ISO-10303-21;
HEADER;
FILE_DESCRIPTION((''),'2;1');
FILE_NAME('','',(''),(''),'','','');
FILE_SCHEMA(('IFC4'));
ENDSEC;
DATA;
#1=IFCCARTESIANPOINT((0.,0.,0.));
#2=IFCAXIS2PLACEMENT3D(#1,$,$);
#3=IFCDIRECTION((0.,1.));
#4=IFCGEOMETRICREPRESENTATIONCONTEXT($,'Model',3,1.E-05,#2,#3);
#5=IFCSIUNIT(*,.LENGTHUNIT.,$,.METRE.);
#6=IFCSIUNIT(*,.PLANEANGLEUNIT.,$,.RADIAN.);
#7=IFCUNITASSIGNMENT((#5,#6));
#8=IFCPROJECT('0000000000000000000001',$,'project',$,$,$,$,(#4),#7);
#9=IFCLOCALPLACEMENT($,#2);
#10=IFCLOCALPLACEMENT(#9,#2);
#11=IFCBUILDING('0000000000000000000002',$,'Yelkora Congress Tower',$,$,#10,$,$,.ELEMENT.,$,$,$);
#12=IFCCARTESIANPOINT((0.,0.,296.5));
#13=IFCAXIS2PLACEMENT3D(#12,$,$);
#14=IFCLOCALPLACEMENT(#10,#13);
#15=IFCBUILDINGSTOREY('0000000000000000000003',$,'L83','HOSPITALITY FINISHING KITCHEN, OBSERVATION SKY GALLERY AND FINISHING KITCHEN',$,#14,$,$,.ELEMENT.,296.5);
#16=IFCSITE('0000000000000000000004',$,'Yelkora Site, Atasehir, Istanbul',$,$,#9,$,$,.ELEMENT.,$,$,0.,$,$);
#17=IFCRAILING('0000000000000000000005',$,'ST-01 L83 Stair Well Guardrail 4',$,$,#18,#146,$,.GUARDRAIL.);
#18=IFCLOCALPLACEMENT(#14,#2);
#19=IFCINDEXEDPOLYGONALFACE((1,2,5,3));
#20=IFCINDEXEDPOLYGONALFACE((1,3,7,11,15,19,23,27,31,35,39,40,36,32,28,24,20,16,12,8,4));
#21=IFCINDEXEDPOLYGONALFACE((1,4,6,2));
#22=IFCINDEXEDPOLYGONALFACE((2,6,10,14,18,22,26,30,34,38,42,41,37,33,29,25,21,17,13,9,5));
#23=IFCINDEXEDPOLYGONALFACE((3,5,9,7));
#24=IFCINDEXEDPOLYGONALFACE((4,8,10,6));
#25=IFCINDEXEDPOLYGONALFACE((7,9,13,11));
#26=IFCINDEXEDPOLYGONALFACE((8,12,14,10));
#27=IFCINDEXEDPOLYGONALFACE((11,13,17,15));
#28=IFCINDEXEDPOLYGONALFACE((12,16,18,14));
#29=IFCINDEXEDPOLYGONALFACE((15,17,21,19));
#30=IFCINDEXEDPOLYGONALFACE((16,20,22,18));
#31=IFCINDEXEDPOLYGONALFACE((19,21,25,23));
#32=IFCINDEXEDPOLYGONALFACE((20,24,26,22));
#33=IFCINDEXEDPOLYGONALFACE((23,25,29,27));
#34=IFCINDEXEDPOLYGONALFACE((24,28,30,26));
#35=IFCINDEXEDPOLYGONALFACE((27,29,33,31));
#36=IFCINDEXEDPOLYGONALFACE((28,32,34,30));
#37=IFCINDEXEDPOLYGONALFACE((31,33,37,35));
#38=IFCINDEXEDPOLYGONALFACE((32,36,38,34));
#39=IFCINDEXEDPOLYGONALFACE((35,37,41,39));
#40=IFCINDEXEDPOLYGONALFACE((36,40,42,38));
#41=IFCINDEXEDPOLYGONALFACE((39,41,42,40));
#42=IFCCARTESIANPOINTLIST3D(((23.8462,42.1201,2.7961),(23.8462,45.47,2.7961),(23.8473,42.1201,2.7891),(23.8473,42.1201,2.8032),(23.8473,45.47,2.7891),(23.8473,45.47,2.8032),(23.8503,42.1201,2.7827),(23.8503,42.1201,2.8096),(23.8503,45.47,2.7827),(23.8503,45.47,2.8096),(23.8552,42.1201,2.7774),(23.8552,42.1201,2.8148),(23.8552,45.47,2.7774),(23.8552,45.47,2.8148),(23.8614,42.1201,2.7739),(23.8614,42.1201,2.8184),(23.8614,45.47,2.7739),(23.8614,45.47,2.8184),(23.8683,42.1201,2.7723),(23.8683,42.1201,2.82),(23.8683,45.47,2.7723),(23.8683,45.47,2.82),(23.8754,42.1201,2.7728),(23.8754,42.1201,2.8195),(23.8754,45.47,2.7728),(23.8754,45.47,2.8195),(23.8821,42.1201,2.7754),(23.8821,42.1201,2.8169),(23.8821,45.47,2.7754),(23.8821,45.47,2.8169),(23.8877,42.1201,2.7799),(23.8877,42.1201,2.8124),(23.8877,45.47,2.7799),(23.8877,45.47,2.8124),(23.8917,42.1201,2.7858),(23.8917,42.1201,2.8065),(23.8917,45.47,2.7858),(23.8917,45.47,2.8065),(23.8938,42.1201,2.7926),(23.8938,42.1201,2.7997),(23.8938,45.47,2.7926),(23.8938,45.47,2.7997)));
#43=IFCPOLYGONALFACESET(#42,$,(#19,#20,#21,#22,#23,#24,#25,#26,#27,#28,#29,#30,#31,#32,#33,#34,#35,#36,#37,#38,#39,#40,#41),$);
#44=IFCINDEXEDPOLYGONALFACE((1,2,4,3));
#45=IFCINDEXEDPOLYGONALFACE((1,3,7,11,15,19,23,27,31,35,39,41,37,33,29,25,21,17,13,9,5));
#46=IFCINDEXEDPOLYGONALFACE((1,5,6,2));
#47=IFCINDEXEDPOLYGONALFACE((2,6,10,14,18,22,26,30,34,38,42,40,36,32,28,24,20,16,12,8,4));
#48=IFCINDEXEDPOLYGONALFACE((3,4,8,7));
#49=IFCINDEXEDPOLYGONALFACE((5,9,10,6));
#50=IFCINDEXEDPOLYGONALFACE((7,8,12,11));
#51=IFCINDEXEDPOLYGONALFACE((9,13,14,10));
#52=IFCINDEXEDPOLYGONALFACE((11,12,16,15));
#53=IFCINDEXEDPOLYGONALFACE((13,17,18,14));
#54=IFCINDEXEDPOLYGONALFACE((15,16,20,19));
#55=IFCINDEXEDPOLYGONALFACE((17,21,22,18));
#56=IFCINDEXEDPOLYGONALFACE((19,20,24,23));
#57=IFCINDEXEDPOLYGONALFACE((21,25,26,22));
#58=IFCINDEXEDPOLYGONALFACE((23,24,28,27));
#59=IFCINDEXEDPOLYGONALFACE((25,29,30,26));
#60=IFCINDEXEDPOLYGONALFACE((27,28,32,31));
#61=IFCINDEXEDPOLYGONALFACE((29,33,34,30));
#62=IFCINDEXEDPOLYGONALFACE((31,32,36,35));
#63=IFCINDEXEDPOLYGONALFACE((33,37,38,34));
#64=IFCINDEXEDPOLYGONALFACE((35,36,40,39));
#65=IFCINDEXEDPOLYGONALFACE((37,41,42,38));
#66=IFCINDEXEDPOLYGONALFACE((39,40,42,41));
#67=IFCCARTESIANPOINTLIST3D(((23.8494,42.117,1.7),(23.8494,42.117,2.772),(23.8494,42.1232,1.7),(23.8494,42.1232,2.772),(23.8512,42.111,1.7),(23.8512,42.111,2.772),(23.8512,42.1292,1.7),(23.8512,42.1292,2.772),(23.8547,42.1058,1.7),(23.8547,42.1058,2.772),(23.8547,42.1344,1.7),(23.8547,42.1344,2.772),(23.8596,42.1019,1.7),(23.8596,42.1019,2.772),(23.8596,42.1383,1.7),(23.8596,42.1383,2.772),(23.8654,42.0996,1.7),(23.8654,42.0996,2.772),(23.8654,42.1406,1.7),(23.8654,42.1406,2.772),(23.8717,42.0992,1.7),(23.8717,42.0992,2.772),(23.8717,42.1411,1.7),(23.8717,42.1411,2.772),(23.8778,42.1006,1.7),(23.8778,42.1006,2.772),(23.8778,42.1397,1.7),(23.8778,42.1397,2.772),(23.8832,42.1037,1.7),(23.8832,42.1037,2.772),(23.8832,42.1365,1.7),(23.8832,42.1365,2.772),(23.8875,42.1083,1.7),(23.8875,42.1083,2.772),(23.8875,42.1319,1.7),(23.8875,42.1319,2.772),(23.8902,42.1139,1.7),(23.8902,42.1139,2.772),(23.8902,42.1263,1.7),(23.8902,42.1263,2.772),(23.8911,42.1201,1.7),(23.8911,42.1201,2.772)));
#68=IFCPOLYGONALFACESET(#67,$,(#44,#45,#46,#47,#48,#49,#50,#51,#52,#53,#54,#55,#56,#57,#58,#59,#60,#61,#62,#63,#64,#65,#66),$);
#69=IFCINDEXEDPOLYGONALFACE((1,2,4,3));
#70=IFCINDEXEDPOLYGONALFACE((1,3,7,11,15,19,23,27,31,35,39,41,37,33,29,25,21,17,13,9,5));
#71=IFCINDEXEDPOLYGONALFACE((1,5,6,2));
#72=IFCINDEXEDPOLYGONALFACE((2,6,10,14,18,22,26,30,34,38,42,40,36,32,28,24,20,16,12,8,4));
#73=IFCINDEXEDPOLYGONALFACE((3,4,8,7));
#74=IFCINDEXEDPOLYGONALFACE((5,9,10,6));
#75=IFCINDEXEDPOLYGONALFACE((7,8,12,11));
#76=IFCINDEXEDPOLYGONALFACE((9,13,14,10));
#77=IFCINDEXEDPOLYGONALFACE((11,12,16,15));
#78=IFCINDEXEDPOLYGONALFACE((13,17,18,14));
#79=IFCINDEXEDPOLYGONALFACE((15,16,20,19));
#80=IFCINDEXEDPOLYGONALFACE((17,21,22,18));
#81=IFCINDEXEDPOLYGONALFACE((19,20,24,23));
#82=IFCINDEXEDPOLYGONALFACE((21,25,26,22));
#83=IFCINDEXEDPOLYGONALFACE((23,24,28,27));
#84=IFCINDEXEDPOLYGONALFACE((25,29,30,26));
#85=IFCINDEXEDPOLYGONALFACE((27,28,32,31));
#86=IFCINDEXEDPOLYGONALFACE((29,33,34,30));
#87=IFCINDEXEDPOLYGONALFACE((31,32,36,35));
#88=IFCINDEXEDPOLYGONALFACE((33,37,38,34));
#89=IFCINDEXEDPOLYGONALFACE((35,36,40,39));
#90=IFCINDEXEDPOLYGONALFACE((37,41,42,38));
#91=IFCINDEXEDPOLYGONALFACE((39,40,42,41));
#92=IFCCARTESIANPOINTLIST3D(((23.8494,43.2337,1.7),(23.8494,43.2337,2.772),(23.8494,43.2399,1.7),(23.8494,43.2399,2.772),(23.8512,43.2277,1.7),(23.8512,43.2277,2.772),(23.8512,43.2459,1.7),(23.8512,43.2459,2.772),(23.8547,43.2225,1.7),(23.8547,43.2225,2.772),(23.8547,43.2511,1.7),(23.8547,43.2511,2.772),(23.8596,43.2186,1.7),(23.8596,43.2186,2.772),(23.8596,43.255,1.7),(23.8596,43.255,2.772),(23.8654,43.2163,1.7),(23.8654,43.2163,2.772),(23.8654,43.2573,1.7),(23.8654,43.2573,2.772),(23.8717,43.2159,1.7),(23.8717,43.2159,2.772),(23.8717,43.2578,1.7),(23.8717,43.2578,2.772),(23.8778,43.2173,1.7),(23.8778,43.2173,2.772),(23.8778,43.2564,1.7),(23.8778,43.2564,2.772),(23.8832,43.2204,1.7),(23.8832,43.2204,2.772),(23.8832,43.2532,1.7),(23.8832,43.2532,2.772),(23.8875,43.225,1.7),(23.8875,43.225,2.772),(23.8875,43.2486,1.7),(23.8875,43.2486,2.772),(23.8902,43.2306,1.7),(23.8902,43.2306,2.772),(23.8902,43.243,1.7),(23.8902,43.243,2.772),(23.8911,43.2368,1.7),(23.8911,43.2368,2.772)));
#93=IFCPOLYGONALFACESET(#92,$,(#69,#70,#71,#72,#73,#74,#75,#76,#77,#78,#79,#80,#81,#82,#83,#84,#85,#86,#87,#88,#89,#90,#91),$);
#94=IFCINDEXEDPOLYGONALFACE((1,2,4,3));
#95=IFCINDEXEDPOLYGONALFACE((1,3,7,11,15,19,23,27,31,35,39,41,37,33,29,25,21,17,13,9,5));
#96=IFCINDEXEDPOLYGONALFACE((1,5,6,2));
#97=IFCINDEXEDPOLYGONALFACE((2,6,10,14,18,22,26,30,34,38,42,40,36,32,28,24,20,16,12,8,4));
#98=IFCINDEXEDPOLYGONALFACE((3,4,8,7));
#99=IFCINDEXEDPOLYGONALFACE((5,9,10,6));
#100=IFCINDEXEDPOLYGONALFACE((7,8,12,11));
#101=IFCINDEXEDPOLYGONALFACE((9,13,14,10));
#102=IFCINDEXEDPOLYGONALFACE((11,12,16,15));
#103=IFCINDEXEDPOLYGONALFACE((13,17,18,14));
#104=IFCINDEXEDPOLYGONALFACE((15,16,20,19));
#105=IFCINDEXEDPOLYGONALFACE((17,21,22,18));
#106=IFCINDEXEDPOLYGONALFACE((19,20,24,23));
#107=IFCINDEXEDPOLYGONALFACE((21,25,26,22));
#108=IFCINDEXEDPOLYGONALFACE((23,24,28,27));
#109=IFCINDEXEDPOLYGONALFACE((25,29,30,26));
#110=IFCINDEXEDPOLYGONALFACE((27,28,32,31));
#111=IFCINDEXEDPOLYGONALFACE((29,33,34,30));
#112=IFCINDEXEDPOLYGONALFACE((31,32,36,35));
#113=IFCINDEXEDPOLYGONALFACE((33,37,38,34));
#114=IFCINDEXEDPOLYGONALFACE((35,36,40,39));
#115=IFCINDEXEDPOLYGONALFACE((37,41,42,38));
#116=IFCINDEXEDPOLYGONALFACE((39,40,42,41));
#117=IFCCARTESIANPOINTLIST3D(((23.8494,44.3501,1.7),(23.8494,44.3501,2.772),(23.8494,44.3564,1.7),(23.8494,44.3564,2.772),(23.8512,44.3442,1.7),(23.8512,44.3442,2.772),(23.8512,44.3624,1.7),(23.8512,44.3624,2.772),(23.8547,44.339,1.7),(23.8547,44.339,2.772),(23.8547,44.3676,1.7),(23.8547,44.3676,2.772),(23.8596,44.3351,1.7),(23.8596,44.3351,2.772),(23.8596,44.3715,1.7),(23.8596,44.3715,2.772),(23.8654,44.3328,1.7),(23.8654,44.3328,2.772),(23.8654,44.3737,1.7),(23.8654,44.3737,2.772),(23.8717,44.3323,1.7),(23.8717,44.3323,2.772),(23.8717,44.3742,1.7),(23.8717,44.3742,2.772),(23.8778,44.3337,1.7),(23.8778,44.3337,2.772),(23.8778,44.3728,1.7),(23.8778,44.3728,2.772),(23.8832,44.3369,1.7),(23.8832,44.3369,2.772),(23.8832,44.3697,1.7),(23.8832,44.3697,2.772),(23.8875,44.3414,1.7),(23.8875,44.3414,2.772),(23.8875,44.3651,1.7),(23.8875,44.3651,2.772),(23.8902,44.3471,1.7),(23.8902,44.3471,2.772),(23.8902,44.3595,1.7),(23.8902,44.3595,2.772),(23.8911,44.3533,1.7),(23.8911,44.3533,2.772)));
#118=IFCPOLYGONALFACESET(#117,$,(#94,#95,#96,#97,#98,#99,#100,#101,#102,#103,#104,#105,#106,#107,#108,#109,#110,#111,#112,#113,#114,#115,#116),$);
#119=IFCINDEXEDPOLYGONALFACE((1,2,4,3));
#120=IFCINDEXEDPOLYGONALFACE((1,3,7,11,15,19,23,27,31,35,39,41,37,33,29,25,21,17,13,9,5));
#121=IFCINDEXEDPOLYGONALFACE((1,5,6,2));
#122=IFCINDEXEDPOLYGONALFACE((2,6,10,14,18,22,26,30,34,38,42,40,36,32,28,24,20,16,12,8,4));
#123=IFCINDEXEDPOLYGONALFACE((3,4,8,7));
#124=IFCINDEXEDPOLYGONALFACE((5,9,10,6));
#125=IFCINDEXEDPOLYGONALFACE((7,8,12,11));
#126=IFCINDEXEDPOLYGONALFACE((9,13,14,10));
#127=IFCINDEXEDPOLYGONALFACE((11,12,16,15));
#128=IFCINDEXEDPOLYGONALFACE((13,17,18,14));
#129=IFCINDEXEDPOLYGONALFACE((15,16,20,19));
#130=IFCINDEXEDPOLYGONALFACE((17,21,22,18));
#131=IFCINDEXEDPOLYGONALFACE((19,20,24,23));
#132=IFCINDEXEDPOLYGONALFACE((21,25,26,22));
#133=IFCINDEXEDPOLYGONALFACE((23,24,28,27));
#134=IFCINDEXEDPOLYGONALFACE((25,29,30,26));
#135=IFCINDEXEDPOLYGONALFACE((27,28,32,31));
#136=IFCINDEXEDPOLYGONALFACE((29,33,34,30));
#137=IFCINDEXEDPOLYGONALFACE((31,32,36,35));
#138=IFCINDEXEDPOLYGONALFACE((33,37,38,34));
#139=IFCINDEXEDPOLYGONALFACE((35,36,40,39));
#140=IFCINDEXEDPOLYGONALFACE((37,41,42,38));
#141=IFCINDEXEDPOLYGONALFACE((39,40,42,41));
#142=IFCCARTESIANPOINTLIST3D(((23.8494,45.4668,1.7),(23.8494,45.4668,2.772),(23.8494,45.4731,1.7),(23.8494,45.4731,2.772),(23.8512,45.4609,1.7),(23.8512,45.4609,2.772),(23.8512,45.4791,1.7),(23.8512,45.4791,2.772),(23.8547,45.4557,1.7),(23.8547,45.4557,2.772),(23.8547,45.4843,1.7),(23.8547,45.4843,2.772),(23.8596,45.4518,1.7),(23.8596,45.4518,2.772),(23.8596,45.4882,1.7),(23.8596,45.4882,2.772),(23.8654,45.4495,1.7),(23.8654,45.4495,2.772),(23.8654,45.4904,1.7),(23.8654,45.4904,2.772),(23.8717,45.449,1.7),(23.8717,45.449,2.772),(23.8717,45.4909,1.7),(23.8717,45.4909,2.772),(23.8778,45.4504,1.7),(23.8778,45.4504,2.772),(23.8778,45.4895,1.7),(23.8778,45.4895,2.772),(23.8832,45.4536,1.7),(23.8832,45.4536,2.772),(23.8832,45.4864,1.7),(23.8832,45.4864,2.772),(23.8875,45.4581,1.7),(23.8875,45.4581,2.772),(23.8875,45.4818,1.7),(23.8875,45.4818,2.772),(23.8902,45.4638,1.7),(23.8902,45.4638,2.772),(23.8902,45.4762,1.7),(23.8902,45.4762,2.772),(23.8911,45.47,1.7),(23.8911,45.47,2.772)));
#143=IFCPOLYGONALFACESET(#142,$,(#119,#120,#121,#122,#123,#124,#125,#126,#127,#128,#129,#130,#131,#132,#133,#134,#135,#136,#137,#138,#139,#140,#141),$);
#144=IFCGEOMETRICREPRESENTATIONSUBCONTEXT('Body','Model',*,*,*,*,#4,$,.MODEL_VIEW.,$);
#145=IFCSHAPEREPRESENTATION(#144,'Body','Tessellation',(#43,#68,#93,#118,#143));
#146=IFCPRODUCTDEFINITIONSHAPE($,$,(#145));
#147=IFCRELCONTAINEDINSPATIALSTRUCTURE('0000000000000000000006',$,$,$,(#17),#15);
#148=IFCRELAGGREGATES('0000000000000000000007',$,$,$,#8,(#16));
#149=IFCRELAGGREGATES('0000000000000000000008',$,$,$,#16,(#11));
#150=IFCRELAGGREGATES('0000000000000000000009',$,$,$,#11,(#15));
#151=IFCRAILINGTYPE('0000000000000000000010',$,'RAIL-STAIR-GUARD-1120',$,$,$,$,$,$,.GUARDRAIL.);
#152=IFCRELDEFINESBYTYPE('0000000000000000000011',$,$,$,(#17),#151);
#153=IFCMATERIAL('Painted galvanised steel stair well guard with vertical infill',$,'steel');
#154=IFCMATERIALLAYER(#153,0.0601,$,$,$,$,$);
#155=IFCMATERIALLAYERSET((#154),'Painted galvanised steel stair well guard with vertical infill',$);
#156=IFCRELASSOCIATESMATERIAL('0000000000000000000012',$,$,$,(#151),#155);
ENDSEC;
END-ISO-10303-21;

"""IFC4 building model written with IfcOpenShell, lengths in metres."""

from ifc_helpers import new_model, si_unit, direction, frame, origin, origin_2d, place, context, subcontext, project, spatial, circle, extrude, material, layer, layer_set, type_object, element, save


model = new_model("IFC4")

# Units and contexts
model_context = context("Model", 3, precision=1e-05, world=origin(), true_north=direction((0.0, 1.0)))
body_context = subcontext(model_context, "Body", "Model", "MODEL_VIEW")
ifc_project = project(units=[si_unit("LENGTHUNIT", "METRE"), si_unit("PLANEANGLEUNIT", "RADIAN")], contexts=[model_context])

# Site, building, storey
site_placement = place(None, origin())
site = spatial("IfcSite", under=ifc_project, at=site_placement, Name="Yelkora Site, Atasehir, Istanbul", CompositionType="ELEMENT", RefElevation=0.0)
building_placement = place(site_placement, origin())
building = spatial("IfcBuilding", under=site, at=building_placement, Name="Yelkora Congress Tower", CompositionType="ELEMENT")
storey_placement = place(building_placement, frame((0.0, 0.0, 296.5)))
storey = spatial("IfcBuildingStorey", under=building, at=storey_placement, Name="L83", Description="HOSPITALITY FINISHING KITCHEN, OBSERVATION SKY GALLERY AND FINISHING KITCHEN", CompositionType="ELEMENT", Elevation=296.5)

# Railing
ifc_material_1 = material(Name="Painted galvanised steel stair well guard with vertical infill", Category="steel")
ifc_layer_1 = layer(ifc_material_1, 0.0601)
ifc_layer_set_1 = layer_set([ifc_layer_1], Name="Painted galvanised steel stair well guard with vertical infill")
railing_type_1 = type_object("IfcRailingType", Name="RAIL-STAIR-GUARD-1120", PredefinedType="GUARDRAIL", material=ifc_layer_set_1)
for number, where, name in (
    (1, (23.8701, 42.1201, 1.7), "ST-01 L83 Stair Well Guardrail 4"),
):
    element("IfcRailing", number, at=place(storey_placement, frame(where)), inside=storey, type_object=railing_type_1, Name=name, PredefinedType="GUARDRAIL", context=body_context, shape_type="SweptSolid", body=[
        extrude(circle(Radius=0.0239, at=origin_2d()), frame((0.0, 0.0, 1.0962), z_axis=(0.0, 1.0, 0.0), x_axis=(-1.0, 0.0, 0.0)), (0.0, 0.0, 1.0), 3.3499),
        extrude(circle(Radius=0.021, at=origin_2d()), origin(), (0.0, 0.0, 1.0), 1.072),
        extrude(circle(Radius=0.021, at=origin_2d()), frame((0.0, 1.1167, 0.0)), (0.0, 0.0, 1.0), 1.072),
        extrude(circle(Radius=0.021, at=origin_2d()), frame((0.0, 2.2332, 0.0)), (0.0, 0.0, 1.0), 1.072),
        extrude(circle(Radius=0.021, at=origin_2d()), frame((0.0, 3.3499, 0.0)), (0.0, 0.0, 1.0), 1.072),
    ])

save(model, "model.ifc")
